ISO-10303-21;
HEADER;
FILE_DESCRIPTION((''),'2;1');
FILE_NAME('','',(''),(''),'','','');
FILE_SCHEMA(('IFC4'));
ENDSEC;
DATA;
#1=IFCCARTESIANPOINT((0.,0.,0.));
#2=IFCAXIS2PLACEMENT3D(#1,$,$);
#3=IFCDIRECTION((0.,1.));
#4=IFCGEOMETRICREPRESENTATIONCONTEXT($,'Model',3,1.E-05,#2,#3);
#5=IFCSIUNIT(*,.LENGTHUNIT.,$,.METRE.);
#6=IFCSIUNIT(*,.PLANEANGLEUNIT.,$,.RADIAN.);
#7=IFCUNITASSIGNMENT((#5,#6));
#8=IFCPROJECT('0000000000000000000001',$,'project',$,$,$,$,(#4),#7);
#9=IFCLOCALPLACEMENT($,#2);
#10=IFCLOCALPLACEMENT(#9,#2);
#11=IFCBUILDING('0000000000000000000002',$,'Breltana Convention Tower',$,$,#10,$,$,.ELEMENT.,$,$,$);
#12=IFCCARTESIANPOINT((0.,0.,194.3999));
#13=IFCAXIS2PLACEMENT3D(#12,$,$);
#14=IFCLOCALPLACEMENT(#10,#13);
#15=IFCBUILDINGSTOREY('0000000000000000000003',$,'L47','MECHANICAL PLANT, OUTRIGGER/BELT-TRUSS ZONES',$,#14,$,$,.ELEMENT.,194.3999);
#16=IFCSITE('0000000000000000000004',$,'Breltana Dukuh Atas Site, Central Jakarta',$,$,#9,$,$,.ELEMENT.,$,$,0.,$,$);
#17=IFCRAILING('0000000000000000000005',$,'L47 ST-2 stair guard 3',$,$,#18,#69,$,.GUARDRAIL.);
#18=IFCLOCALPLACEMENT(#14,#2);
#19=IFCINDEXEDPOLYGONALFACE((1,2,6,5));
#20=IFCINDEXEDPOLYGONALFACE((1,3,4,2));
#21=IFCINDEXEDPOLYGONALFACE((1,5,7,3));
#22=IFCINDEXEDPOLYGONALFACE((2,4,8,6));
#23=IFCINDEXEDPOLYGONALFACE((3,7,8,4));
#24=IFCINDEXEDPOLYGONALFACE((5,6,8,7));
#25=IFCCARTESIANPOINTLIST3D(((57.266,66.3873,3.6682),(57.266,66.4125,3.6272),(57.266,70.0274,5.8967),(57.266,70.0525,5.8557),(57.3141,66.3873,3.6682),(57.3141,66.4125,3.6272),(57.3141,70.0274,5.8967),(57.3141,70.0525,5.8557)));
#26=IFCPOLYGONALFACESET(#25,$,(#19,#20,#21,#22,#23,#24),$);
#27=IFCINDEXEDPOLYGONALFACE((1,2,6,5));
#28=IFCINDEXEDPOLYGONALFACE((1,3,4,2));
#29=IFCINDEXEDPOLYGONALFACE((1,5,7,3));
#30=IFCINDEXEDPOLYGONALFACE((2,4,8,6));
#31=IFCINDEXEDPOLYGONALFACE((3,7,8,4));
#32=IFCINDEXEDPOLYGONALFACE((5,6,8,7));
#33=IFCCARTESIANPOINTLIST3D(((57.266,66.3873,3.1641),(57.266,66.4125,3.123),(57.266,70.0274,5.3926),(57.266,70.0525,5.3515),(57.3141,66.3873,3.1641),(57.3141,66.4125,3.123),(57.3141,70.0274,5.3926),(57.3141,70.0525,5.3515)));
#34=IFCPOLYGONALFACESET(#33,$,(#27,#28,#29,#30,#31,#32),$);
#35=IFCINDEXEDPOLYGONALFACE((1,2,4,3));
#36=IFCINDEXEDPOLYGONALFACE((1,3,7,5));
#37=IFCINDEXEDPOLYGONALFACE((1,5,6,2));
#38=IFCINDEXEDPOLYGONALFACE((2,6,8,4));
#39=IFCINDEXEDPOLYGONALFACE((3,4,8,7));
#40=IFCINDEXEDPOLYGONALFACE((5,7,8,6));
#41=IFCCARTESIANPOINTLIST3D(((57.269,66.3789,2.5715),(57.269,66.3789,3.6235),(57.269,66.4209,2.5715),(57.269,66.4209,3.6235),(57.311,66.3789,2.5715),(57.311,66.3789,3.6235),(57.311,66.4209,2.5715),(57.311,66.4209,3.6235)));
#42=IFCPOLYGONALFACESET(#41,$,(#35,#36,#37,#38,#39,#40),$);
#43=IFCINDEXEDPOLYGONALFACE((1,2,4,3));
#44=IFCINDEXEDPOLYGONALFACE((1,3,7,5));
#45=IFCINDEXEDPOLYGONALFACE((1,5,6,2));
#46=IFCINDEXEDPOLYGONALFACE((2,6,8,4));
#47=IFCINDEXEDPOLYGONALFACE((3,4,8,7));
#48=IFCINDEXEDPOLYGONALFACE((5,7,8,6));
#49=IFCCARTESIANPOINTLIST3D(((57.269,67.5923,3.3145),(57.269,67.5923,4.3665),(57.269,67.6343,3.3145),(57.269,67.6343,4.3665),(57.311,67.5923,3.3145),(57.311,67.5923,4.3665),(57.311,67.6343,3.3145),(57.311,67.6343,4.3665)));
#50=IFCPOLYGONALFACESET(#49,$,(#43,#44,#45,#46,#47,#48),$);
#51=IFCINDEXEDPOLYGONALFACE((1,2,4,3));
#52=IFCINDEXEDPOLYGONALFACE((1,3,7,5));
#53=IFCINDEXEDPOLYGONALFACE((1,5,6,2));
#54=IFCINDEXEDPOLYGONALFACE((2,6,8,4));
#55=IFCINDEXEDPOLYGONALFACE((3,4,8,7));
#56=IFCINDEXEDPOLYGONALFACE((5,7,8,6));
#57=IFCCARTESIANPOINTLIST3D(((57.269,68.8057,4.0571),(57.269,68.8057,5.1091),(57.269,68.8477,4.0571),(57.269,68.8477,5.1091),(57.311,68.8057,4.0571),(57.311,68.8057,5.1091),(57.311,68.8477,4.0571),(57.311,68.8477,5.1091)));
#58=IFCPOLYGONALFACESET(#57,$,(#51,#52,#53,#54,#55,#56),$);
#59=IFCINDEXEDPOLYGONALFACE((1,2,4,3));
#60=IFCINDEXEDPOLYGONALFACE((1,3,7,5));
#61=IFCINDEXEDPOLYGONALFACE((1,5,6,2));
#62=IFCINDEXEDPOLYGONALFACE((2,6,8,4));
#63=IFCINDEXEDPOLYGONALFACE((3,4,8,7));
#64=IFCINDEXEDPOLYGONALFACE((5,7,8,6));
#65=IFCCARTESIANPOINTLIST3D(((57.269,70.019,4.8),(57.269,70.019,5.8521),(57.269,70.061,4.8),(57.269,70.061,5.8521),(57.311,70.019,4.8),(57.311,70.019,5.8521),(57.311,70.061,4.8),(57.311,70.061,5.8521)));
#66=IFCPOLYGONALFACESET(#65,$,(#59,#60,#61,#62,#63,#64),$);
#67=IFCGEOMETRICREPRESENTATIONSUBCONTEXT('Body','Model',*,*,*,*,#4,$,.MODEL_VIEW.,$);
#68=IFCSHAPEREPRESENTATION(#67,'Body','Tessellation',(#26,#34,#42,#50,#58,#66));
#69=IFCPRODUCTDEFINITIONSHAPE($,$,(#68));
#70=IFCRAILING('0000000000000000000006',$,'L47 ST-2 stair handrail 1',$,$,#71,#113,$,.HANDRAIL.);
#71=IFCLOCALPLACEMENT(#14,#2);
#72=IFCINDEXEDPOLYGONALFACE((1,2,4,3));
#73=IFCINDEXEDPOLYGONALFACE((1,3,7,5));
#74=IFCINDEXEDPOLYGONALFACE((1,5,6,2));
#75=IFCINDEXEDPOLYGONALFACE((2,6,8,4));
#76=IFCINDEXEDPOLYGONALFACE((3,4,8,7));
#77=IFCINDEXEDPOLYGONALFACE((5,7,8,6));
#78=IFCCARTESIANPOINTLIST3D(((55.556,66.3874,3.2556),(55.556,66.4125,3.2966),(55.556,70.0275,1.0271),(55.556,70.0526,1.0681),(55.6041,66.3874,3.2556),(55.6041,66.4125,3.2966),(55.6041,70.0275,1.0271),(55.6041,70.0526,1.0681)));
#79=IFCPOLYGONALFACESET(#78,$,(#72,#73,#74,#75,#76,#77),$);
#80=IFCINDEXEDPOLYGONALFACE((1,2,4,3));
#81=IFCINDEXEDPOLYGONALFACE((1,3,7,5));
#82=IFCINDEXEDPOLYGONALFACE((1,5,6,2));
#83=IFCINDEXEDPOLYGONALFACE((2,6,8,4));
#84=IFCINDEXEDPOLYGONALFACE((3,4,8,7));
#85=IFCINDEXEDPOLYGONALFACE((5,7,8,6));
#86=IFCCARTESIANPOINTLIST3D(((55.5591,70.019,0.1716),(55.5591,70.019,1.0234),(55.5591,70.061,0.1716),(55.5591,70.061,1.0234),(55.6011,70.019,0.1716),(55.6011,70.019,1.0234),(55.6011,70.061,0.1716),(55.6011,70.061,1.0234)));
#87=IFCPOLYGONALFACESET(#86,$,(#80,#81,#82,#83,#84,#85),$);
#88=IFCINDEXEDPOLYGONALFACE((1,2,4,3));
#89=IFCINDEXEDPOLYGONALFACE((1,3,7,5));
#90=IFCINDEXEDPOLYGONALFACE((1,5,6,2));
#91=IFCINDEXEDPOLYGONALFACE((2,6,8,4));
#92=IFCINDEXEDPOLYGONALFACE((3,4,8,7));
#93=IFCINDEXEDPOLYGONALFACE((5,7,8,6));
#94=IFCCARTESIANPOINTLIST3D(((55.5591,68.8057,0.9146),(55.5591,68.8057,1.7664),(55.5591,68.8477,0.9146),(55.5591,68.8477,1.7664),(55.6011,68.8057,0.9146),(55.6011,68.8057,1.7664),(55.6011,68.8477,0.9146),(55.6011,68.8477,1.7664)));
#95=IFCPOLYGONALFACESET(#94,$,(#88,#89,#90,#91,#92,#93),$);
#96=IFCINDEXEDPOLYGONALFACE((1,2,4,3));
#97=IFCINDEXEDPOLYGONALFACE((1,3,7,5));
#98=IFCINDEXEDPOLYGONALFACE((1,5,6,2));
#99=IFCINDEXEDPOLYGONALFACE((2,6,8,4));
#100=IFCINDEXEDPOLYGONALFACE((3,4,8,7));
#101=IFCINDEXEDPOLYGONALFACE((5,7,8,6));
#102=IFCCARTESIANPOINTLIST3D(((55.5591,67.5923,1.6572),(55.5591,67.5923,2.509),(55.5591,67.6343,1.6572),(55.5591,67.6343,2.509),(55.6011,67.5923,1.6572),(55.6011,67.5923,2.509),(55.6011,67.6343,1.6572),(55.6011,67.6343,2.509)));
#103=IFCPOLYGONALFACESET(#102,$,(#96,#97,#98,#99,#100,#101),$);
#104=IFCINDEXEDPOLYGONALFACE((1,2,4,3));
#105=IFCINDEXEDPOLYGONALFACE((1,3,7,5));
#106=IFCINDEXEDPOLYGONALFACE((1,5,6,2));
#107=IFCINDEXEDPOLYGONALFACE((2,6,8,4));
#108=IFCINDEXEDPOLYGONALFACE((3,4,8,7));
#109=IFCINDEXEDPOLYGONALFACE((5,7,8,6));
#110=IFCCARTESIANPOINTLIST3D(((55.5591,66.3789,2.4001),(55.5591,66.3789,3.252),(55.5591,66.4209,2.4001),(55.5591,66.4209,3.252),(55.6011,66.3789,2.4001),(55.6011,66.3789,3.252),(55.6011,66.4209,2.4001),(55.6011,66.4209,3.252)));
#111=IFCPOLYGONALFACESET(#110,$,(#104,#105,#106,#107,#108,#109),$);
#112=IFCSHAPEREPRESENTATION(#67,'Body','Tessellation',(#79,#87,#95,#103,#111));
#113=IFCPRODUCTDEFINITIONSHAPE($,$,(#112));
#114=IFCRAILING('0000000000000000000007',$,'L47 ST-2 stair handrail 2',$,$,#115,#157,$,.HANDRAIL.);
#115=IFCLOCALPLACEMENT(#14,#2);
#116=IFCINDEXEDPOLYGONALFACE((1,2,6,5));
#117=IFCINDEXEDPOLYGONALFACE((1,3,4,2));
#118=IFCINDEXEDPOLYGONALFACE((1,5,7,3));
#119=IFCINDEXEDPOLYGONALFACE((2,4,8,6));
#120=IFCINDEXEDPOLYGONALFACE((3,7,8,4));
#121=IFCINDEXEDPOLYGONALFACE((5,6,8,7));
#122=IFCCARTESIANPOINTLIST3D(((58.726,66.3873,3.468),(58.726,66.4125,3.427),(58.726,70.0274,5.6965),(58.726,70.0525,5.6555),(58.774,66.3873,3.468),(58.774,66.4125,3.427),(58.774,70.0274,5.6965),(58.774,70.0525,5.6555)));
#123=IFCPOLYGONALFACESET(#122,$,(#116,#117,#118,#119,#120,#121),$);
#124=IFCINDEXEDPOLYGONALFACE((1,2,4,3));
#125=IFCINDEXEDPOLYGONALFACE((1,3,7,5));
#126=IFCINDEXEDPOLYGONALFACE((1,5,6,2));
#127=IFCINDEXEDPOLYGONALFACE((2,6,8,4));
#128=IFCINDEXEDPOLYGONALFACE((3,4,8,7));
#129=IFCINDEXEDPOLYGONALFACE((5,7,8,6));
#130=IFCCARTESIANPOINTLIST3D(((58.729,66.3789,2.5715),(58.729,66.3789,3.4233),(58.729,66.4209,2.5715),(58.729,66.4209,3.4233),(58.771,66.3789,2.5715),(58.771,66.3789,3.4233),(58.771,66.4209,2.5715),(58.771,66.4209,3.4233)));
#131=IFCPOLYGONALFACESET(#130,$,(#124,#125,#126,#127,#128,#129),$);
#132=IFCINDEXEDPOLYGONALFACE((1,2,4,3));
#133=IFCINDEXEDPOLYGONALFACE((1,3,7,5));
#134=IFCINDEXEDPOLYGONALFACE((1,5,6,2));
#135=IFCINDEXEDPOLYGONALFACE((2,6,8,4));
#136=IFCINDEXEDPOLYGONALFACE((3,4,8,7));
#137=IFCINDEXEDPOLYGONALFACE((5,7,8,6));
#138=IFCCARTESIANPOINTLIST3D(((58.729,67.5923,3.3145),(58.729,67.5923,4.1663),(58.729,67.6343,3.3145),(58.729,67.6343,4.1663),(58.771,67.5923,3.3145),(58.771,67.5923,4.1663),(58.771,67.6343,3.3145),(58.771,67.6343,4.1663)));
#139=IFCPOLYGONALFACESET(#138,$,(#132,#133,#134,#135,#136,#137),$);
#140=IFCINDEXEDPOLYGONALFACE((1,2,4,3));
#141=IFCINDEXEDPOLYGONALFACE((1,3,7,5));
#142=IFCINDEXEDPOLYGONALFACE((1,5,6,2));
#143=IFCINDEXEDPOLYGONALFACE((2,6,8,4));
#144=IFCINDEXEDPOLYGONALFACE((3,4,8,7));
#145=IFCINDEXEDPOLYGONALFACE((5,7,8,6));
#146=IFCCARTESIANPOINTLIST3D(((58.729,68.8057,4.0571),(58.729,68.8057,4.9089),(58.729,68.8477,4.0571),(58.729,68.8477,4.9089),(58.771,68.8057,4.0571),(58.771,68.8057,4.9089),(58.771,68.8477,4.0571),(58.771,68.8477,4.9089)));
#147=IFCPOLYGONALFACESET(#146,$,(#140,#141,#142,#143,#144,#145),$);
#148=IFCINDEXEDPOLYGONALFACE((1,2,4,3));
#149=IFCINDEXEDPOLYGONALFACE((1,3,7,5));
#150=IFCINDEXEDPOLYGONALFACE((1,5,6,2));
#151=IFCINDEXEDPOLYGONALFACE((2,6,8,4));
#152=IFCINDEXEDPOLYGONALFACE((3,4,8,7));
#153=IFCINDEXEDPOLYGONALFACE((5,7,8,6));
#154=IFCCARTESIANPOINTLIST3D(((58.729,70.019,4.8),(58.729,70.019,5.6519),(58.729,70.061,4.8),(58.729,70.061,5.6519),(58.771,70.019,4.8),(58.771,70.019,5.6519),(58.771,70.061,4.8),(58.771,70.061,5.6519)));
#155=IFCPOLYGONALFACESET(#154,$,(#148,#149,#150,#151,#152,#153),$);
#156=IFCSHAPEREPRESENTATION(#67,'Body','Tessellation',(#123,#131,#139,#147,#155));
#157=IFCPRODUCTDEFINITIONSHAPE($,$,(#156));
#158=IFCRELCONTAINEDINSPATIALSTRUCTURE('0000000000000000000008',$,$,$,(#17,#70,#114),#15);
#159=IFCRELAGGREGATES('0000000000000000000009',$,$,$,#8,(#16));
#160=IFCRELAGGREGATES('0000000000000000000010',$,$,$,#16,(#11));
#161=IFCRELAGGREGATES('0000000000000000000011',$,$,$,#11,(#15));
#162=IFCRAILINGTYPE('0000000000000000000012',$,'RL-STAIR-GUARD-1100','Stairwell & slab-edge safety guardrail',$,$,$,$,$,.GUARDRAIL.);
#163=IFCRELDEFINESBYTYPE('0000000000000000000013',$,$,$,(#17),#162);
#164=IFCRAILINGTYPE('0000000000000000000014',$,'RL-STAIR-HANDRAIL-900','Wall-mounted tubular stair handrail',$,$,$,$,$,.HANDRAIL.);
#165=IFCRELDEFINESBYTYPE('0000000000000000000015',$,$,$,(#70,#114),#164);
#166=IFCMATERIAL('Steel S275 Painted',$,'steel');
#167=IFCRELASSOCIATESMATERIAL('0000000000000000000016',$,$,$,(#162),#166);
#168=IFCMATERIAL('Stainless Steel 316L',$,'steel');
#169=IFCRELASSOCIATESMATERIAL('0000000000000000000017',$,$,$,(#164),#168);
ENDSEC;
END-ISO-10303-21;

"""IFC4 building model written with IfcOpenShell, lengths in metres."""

from ifc_helpers import new_model, si_unit, direction, frame, origin, origin_2d, place, context, subcontext, project, spatial, rectangle, extrude, material, type_object, element, save


model = new_model("IFC4")

# Units and contexts
model_context = context("Model", 3, precision=1e-05, world=origin(), true_north=direction((0.0, 1.0)))
body_context = subcontext(model_context, "Body", "Model", "MODEL_VIEW")
ifc_project = project(units=[si_unit("LENGTHUNIT", "METRE"), si_unit("PLANEANGLEUNIT", "RADIAN")], contexts=[model_context])

# Site, building, storey
site_placement = place(None, origin())
site = spatial("IfcSite", under=ifc_project, at=site_placement, Name="Breltana Dukuh Atas Site, Central Jakarta", CompositionType="ELEMENT", RefElevation=0.0)
building_placement = place(site_placement, origin())
building = spatial("IfcBuilding", under=site, at=building_placement, Name="Breltana Convention Tower", CompositionType="ELEMENT")
storey_placement = place(building_placement, frame((0.0, 0.0, 194.3999)))
storey = spatial("IfcBuildingStorey", under=building, at=storey_placement, Name="L47", Description="MECHANICAL PLANT, OUTRIGGER/BELT-TRUSS ZONES", CompositionType="ELEMENT", Elevation=194.3999)

# Railings
ifc_material_1 = material(Name="Steel S275 Painted", Category="steel")
railing_type_1 = type_object("IfcRailingType", Name="RL-STAIR-GUARD-1100", Description="Stairwell & slab-edge safety guardrail", PredefinedType="GUARDRAIL", material=ifc_material_1)
railing_1_placement = place(storey_placement, frame((57.29, 66.3999, 2.5715)))
element("IfcRailing", 1, at=railing_1_placement, inside=storey, type_object=railing_type_1, Name="L47 ST-2 stair guard 3", PredefinedType="GUARDRAIL", context=body_context, shape_type="SweptSolid", body=[
    extrude(rectangle(XDim=0.0481, YDim=0.0481, at=origin_2d()), frame((0.0, 0.0, 1.0762), z_axis=(0.0, 0.852866, 0.52213), x_axis=(-1.0, 0.0, 0.0)), (0.0, 0.0, 1.0), 4.2681),
    extrude(rectangle(XDim=0.0481, YDim=0.0481, at=origin_2d()), frame((0.0, 0.0, 0.572), z_axis=(0.0, 0.852866, 0.52213), x_axis=(-1.0, 0.0, 0.0)), (0.0, 0.0, 1.0), 4.2681),
    extrude(rectangle(XDim=0.042, YDim=0.042, at=origin_2d()), origin(), (0.0, 0.0, 1.0), 1.052),
    extrude(rectangle(XDim=0.042, YDim=0.042, at=origin_2d()), frame((0.0, 1.2134, 0.7429)), (0.0, 0.0, 1.0), 1.052),
    extrude(rectangle(XDim=0.042, YDim=0.042, at=origin_2d()), frame((0.0, 2.4268, 1.4856)), (0.0, 0.0, 1.0), 1.052),
    extrude(rectangle(XDim=0.042, YDim=0.042, at=origin_2d()), frame((0.0, 3.6401, 2.2285)), (0.0, 0.0, 1.0), 1.052),
])
ifc_material_2 = material(Name="Stainless Steel 316L", Category="steel")
railing_type_2 = type_object("IfcRailingType", Name="RL-STAIR-HANDRAIL-900", Description="Wall-mounted tubular stair handrail", PredefinedType="HANDRAIL", material=ifc_material_2)
railing_2_placement = place(storey_placement, frame((55.5801, 70.04, 0.1716)))
element("IfcRailing", 2, at=railing_2_placement, inside=storey, type_object=railing_type_2, Name="L47 ST-2 stair handrail 1", PredefinedType="HANDRAIL", context=body_context, shape_type="SweptSolid", body=[
    extrude(rectangle(XDim=0.0481, YDim=0.0481, at=origin_2d()), frame((0.0, 0.0, 0.876), z_axis=(0.0, -0.852866, 0.52213), x_axis=(1.0, 0.0, 0.0)), (0.0, 0.0, 1.0), 4.2681),
    extrude(rectangle(XDim=0.042, YDim=0.042, at=origin_2d()), origin(), (0.0, 0.0, 1.0), 0.8518),
    extrude(rectangle(XDim=0.042, YDim=0.042, at=origin_2d()), frame((0.0, -1.2134, 0.7429)), (0.0, 0.0, 1.0), 0.8518),
    extrude(rectangle(XDim=0.042, YDim=0.042, at=origin_2d()), frame((0.0, -2.4268, 1.4856)), (0.0, 0.0, 1.0), 0.8518),
    extrude(rectangle(XDim=0.042, YDim=0.042, at=origin_2d()), frame((0.0, -3.6401, 2.2285)), (0.0, 0.0, 1.0), 0.8518),
])
railing_3_placement = place(storey_placement, frame((58.75, 66.3999, 2.5715)))
element("IfcRailing", 3, at=railing_3_placement, inside=storey, type_object=railing_type_2, Name="L47 ST-2 stair handrail 2", PredefinedType="HANDRAIL", context=body_context, shape_type="SweptSolid", body=[
    extrude(rectangle(XDim=0.0481, YDim=0.0481, at=origin_2d()), frame((0.0, 0.0, 0.876), z_axis=(0.0, 0.852866, 0.52213), x_axis=(-1.0, 0.0, 0.0)), (0.0, 0.0, 1.0), 4.2681),
    extrude(rectangle(XDim=0.042, YDim=0.042, at=origin_2d()), origin(), (0.0, 0.0, 1.0), 0.8518),
    extrude(rectangle(XDim=0.042, YDim=0.042, at=origin_2d()), frame((0.0, 1.2134, 0.7429)), (0.0, 0.0, 1.0), 0.8518),
    extrude(rectangle(XDim=0.042, YDim=0.042, at=origin_2d()), frame((0.0, 2.4268, 1.4856)), (0.0, 0.0, 1.0), 0.8518),
    extrude(rectangle(XDim=0.042, YDim=0.042, at=origin_2d()), frame((0.0, 3.6401, 2.2285)), (0.0, 0.0, 1.0), 0.8518),
])

save(model, "model.ifc")
